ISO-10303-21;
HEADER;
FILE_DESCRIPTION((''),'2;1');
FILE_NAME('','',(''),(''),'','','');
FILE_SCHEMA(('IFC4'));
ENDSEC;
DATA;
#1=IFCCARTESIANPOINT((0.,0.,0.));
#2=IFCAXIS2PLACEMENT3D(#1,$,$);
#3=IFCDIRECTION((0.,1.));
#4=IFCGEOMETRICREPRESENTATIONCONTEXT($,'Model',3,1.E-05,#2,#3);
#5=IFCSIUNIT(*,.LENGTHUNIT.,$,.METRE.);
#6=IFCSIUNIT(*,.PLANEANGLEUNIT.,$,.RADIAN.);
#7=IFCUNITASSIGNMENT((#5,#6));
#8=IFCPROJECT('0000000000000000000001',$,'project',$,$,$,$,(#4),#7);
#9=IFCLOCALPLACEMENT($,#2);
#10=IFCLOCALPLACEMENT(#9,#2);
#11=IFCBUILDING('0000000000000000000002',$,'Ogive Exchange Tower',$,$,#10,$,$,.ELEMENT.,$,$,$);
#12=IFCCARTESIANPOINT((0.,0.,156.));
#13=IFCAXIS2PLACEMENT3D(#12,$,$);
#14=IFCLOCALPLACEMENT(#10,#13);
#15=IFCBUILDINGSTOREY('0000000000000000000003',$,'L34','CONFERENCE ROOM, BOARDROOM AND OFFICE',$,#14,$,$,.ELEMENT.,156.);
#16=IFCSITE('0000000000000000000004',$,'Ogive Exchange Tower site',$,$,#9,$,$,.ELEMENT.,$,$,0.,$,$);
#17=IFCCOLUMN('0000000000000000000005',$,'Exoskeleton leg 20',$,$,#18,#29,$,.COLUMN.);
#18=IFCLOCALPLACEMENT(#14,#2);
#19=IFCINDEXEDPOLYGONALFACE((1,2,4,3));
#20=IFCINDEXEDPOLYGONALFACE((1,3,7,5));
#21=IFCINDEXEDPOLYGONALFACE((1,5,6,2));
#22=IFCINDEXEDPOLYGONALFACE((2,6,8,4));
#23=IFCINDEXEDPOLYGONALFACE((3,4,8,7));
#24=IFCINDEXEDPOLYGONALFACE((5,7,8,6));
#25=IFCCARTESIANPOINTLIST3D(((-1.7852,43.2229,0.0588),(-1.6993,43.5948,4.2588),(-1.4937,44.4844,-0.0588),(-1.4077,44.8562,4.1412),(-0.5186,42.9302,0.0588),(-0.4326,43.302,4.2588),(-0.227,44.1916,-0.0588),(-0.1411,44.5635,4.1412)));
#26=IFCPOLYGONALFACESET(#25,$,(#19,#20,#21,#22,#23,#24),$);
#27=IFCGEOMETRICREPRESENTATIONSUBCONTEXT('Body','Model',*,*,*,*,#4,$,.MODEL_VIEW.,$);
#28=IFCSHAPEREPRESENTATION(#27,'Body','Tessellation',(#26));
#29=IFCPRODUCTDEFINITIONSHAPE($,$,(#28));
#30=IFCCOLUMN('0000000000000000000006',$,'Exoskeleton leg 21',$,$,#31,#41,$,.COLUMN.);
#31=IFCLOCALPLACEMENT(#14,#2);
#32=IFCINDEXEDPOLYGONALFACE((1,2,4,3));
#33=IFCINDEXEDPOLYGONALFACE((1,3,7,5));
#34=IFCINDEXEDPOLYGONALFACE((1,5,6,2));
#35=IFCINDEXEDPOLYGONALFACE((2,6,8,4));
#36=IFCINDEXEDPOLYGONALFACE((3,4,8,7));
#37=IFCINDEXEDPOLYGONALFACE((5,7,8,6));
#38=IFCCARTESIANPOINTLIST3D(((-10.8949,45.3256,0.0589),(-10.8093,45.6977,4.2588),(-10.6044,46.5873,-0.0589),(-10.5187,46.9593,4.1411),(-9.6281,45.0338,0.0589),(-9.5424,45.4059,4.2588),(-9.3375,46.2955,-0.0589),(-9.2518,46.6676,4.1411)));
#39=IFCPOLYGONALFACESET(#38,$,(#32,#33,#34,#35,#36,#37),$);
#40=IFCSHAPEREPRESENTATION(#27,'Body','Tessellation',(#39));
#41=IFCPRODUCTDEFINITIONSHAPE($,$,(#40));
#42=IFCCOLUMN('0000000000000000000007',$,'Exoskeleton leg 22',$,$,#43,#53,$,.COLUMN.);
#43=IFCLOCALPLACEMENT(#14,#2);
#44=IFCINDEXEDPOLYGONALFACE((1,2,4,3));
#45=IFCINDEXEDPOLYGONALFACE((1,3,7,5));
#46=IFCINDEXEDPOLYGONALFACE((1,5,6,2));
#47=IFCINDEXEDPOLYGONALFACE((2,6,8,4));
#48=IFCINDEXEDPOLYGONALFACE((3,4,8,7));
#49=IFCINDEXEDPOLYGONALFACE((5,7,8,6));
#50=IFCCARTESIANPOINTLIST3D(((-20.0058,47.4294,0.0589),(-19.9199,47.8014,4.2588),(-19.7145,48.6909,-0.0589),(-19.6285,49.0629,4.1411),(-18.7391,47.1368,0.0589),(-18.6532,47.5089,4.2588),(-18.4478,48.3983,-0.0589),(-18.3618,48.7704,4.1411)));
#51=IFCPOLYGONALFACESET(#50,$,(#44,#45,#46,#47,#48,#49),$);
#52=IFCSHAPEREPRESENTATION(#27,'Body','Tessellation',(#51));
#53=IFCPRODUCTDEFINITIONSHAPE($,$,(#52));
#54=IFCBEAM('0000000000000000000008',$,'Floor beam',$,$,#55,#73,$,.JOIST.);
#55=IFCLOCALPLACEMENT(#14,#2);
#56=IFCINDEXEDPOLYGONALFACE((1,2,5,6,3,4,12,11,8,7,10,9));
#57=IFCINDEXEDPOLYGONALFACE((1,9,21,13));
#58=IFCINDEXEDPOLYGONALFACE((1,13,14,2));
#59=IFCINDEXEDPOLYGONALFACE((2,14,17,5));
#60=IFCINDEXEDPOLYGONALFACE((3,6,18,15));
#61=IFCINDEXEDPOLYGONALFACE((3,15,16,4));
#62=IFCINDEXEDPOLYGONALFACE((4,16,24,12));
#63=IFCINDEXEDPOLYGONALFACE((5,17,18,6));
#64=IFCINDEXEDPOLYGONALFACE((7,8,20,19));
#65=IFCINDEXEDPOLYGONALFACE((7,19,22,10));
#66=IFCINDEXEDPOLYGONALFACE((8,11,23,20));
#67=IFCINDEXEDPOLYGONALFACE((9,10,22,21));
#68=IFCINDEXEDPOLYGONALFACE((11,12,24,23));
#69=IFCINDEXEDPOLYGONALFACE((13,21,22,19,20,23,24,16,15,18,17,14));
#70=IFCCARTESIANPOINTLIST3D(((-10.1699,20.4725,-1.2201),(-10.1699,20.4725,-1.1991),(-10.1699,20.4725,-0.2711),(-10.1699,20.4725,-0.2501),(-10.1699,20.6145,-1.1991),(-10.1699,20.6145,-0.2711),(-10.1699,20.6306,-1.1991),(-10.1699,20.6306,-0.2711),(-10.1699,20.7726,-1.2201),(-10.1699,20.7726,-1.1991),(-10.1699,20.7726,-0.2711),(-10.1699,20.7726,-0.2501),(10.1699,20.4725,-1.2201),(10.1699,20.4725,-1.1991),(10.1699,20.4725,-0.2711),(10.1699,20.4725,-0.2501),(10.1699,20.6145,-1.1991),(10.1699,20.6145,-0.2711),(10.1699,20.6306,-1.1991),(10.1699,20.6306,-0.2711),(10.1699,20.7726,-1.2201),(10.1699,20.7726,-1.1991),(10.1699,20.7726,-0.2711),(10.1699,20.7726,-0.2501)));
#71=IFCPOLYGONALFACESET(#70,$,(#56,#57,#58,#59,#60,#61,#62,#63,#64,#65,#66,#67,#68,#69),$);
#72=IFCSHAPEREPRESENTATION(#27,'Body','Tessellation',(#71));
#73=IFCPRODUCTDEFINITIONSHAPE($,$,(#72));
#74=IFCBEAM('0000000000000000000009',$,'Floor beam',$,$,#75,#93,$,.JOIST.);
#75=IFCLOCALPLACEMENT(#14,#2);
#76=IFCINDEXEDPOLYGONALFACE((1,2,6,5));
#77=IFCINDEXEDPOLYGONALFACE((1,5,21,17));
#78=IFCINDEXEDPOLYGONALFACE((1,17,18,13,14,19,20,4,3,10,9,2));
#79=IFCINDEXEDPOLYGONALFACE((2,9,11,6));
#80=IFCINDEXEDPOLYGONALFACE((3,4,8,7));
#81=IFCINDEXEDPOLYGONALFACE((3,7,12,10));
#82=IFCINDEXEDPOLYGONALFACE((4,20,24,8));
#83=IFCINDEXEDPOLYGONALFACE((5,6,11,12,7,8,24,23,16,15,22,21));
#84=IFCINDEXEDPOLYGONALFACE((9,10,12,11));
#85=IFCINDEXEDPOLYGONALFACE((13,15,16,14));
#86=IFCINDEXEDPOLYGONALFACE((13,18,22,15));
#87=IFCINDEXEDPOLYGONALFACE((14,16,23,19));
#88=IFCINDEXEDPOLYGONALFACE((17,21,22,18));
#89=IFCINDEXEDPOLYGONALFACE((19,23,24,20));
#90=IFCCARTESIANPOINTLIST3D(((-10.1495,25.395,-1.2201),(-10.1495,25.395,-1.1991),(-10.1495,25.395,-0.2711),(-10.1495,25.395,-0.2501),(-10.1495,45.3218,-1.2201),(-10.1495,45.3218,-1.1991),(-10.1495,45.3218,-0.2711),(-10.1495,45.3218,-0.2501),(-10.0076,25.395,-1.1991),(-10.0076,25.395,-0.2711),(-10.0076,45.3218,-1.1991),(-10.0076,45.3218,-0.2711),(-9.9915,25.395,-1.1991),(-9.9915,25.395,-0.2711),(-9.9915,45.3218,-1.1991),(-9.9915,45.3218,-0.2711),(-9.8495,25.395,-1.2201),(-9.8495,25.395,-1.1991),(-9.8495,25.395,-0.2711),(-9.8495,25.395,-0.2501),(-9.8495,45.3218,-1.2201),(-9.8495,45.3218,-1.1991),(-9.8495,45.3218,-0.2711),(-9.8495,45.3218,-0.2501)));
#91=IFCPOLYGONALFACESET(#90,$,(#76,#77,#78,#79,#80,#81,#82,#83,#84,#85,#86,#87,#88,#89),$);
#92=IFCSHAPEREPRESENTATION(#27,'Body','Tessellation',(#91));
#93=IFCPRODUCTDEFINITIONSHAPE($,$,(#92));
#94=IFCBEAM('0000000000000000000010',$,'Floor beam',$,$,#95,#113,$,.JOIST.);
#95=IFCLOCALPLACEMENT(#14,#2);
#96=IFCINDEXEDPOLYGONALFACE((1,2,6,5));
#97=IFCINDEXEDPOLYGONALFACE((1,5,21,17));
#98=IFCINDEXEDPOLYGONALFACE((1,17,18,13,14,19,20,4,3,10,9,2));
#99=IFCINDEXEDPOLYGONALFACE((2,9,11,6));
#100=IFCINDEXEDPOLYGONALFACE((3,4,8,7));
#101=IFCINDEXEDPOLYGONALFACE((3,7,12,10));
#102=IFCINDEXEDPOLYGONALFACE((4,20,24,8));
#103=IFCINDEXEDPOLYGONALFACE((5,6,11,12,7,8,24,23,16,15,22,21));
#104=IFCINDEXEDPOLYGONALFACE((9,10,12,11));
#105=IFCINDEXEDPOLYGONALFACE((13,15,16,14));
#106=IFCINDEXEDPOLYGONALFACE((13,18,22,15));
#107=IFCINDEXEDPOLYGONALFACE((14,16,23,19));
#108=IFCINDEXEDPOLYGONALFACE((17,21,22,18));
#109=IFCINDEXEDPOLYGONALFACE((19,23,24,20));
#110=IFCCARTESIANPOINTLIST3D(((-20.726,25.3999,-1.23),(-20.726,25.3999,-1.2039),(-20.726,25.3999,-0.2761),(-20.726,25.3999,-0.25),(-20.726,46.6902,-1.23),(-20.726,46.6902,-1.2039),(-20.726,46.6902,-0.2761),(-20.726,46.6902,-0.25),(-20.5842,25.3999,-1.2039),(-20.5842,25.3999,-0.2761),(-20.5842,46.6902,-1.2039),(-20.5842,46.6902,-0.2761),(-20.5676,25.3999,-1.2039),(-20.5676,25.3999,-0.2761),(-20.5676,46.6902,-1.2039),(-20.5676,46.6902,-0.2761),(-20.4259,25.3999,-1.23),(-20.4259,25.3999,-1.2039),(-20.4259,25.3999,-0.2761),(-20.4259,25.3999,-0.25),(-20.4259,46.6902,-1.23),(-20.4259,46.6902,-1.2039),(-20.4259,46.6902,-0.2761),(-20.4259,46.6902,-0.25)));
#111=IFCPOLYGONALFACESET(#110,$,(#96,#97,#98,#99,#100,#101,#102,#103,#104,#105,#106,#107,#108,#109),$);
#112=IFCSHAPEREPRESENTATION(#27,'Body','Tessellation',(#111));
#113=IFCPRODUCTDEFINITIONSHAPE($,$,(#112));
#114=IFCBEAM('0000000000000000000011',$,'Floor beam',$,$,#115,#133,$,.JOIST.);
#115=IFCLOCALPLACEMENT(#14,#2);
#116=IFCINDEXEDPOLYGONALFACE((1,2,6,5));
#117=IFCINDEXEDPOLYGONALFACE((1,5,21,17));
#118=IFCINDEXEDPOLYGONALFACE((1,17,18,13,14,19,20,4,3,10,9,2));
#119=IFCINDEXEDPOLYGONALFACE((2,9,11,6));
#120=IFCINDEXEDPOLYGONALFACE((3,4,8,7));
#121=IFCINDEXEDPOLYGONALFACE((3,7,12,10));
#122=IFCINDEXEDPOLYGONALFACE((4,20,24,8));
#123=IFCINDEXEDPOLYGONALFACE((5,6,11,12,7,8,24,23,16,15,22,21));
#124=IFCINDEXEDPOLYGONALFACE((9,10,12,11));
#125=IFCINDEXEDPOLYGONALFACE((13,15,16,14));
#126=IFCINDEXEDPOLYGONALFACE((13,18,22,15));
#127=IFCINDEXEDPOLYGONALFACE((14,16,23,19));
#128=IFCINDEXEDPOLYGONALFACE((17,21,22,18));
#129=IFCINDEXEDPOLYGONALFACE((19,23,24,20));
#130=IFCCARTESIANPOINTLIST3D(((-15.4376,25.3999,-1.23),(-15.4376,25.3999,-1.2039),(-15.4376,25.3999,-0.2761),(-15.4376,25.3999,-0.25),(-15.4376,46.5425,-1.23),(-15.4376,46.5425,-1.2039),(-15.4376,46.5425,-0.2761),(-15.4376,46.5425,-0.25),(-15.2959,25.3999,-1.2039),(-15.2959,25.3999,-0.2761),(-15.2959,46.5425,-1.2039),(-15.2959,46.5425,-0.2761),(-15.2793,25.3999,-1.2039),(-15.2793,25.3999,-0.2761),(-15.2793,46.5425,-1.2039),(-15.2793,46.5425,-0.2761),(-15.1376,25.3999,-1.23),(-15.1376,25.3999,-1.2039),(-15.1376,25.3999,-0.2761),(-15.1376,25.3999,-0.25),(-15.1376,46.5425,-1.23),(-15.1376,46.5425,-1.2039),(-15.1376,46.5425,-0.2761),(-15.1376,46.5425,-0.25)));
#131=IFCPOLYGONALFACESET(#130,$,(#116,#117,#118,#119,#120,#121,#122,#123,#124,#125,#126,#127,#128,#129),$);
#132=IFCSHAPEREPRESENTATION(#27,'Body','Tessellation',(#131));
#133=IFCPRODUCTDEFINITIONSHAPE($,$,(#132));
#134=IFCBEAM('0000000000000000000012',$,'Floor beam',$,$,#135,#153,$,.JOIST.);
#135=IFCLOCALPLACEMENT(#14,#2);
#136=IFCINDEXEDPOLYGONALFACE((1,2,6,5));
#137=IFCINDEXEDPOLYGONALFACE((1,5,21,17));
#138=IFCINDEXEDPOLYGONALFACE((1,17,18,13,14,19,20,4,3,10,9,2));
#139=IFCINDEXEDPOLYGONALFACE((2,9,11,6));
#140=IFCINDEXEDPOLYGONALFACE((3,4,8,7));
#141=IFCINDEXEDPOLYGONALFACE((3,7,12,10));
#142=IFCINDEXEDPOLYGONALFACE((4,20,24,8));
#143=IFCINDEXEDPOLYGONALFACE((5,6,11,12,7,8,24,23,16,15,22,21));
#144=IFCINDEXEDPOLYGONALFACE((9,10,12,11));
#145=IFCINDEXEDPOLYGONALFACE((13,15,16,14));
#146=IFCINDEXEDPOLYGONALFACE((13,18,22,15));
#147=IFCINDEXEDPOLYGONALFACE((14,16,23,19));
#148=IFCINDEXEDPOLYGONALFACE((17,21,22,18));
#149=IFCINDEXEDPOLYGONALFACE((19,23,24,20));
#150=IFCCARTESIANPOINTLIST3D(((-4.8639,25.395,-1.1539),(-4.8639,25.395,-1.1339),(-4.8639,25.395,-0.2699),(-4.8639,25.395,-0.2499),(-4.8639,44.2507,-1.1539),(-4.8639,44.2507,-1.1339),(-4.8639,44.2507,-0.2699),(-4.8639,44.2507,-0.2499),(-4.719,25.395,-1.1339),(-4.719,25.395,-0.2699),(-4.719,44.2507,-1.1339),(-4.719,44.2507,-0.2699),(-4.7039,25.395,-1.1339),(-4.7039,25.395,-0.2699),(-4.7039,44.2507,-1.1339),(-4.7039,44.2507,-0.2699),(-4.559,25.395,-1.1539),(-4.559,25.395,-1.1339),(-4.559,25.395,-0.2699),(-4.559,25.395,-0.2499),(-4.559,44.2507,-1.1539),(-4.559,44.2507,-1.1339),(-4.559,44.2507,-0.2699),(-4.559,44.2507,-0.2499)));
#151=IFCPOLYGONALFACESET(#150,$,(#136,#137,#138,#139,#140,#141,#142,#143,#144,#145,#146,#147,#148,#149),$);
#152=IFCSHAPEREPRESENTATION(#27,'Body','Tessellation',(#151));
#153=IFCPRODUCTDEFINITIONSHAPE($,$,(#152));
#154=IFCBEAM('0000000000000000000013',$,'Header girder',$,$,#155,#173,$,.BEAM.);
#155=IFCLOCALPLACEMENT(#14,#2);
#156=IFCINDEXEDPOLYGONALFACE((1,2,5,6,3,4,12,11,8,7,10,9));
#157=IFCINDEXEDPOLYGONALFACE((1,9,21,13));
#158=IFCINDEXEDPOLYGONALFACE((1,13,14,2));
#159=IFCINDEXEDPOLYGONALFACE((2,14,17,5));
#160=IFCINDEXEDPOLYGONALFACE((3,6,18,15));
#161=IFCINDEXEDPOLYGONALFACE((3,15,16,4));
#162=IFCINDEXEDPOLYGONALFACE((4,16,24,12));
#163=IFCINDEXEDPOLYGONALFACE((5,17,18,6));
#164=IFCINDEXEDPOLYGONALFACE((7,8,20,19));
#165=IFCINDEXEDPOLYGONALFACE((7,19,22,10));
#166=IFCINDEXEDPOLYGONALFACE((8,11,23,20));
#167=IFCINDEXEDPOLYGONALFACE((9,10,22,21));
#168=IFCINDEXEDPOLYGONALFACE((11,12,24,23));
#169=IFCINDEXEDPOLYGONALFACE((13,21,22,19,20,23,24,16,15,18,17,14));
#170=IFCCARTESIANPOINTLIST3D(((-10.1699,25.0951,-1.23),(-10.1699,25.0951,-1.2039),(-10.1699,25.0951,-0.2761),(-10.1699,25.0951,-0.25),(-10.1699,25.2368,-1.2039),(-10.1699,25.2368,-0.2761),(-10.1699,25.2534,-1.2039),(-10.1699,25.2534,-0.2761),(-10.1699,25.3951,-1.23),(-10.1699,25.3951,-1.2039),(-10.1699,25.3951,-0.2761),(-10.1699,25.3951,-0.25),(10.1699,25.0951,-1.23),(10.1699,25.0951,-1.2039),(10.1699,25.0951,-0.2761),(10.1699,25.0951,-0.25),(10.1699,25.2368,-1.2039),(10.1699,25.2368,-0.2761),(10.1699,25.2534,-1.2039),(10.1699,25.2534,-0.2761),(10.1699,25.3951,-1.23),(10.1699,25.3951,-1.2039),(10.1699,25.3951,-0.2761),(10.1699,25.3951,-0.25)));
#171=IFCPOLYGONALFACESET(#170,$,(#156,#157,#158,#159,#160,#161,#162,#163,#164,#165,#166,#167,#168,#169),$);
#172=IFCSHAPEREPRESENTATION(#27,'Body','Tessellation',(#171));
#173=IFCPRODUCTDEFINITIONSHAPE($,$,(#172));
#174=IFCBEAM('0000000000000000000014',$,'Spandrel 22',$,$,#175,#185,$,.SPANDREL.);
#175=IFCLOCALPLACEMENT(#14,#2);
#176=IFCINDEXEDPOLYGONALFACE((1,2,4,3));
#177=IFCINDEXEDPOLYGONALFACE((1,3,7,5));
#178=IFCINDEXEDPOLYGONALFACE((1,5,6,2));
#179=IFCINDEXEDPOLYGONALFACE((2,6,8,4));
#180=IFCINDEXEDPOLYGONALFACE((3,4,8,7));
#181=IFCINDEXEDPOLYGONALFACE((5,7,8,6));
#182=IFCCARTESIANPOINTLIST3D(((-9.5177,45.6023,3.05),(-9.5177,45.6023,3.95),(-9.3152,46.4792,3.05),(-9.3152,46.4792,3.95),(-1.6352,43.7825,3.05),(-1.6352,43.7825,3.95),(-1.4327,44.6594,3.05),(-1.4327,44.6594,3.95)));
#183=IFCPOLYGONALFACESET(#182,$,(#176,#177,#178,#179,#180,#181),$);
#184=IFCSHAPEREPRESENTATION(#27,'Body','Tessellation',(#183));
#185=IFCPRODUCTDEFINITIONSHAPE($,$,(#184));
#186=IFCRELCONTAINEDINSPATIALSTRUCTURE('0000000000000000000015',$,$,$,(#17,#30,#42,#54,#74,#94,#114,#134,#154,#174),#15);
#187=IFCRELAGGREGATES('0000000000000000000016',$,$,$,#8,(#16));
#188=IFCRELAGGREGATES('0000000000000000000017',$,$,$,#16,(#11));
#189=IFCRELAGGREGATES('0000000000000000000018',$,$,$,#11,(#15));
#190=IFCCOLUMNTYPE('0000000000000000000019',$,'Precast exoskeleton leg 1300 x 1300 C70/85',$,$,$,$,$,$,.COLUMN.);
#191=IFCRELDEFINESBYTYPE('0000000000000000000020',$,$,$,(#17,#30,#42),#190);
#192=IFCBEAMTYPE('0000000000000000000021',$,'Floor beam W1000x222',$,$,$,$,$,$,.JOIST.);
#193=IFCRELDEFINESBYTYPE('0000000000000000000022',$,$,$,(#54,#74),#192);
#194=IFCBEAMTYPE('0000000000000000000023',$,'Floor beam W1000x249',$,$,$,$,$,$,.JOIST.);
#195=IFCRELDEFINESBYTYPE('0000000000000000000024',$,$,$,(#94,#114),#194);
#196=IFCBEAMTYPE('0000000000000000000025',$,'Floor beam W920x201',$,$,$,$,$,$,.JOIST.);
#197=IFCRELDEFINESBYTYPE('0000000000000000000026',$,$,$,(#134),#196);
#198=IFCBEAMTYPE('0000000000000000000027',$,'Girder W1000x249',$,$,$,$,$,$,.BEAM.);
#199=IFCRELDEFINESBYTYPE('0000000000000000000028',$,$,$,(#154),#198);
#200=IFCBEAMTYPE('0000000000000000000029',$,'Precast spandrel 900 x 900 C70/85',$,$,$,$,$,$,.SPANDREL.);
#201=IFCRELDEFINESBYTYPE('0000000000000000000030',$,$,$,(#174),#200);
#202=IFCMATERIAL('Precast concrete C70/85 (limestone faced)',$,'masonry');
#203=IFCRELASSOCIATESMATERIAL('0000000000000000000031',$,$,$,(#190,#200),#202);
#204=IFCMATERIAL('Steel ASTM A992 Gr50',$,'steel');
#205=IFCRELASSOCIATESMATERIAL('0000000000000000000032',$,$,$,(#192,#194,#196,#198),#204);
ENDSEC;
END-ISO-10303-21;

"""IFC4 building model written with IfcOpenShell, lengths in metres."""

from ifc_helpers import new_model, si_unit, direction, frame, origin, origin_2d, place, context, subcontext, project, spatial, rectangle, i_section, extrude, material, material_profile, profile_set, type_object, element, save


model = new_model("IFC4")

# Units and contexts
model_context = context("Model", 3, precision=1e-05, world=origin(), true_north=direction((0.0, 1.0)))
body_context = subcontext(model_context, "Body", "Model", "MODEL_VIEW")
ifc_project = project(units=[si_unit("LENGTHUNIT", "METRE"), si_unit("PLANEANGLEUNIT", "RADIAN")], contexts=[model_context])

# Site, building, storey
site_placement = place(None, origin())
site = spatial("IfcSite", under=ifc_project, at=site_placement, Name="Ogive Exchange Tower site", CompositionType="ELEMENT", RefElevation=0.0)
building_placement = place(site_placement, origin())
building = spatial("IfcBuilding", under=site, at=building_placement, Name="Ogive Exchange Tower", CompositionType="ELEMENT")
storey_placement = place(building_placement, frame((0.0, 0.0, 156.0)))
storey = spatial("IfcBuildingStorey", under=building, at=storey_placement, Name="L34", Description="CONFERENCE ROOM, BOARDROOM AND OFFICE", CompositionType="ELEMENT", Elevation=156.0)

# Columns
ifc_material_1 = material(Name="Precast concrete C70/85 (limestone faced)", Category="masonry")
ifc_material_profile_1 = material_profile(ifc_material_1, rectangle(XDim=1.3, YDim=1.3, at=origin_2d()), Name="1300 x 1300")
ifc_profile_set_1 = profile_set([ifc_material_profile_1], Name="Precast concrete C70/85 (limestone faced)")
column_type = type_object("IfcColumnType", Name="Precast exoskeleton leg 1300 x 1300 C70/85", PredefinedType="COLUMN", material=ifc_profile_set_1)
for number, where, z_axis, x_axis, name in (
    (1, (-1.0061, 43.7073, 0.0), (0.020378, 0.088168, 0.995897), (-0.974316, 0.225187, 0.0), "Exoskeleton leg 20"),
    (2, (-10.1162, 45.8105, 0.0), (0.02032, 0.088225, 0.995893), (-0.974488, 0.224439, 0.0), "Exoskeleton leg 21"),
    (3, (-19.2268, 47.9138, 0.0), (0.020377, 0.088225, 0.995892), (-0.974348, 0.225046, 0.0), "Exoskeleton leg 22"),
):
    element("IfcColumn", number, at=place(storey_placement, frame(where, z_axis=z_axis, x_axis=x_axis)), inside=storey, type_object=column_type, Name=name, PredefinedType="COLUMN", context=body_context, shape_type="SweptSolid", body=[
        extrude(rectangle(XDim=1.3, YDim=1.3, at=origin_2d()), origin(), (0.0, 0.0, 1.0), 4.2173),
    ])

# Beams
ifc_material_2 = material(Name="Steel ASTM A992 Gr50", Category="steel")
ifc_material_profile_2 = material_profile(ifc_material_2, i_section(OverallWidth=0.3, OverallDepth=0.97, WebThickness=0.0161, FlangeThickness=0.021, at=origin_2d()), Name="W1000x222")
ifc_profile_set_2 = profile_set([ifc_material_profile_2], Name="Steel ASTM A992 Gr50")
beam_type_1 = type_object("IfcBeamType", Name="Floor beam W1000x222", PredefinedType="JOIST", material=ifc_profile_set_2)
beam_1_placement = place(storey_placement, frame((-10.1699, 20.6226, -0.7351), z_axis=(1.0, 0.0, 0.0), x_axis=(0.0, 1.0, 0.0)))
element("IfcBeam", 4, at=beam_1_placement, inside=storey, type_object=beam_type_1, Name="Floor beam", PredefinedType="JOIST", context=body_context, shape_type="SweptSolid", body=[
    extrude(i_section(OverallWidth=0.3, OverallDepth=0.97, WebThickness=0.0161, FlangeThickness=0.021, at=origin_2d()), origin(), (0.0, 0.0, 1.0), 20.3398),
])
beam_2_placement = place(storey_placement, frame((-9.9995, 25.395, -0.7351), z_axis=(0.0, 1.0, 0.0), x_axis=(-1.0, 0.0, 0.0)))
element("IfcBeam", 5, at=beam_2_placement, inside=storey, type_object=beam_type_1, Name="Floor beam", PredefinedType="JOIST", context=body_context, shape_type="SweptSolid", body=[
    extrude(i_section(OverallWidth=0.3, OverallDepth=0.97, WebThickness=0.0161, FlangeThickness=0.021, at=origin_2d()), origin(), (0.0, 0.0, 1.0), 19.9268),
])
ifc_material_profile_3 = material_profile(ifc_material_2, i_section(OverallWidth=0.3, OverallDepth=0.98, WebThickness=0.0166, FlangeThickness=0.0261, at=origin_2d()), Name="W1000x249")
ifc_profile_set_3 = profile_set([ifc_material_profile_3], Name="Steel ASTM A992 Gr50")
beam_type_2 = type_object("IfcBeamType", Name="Floor beam W1000x249", PredefinedType="JOIST", material=ifc_profile_set_3)
beam_3_placement = place(storey_placement, frame((-20.5759, 25.3999, -0.74), z_axis=(0.0, 1.0, 0.0), x_axis=(-1.0, 0.0, 0.0)))
element("IfcBeam", 6, at=beam_3_placement, inside=storey, type_object=beam_type_2, Name="Floor beam", PredefinedType="JOIST", context=body_context, shape_type="SweptSolid", body=[
    extrude(i_section(OverallWidth=0.3, OverallDepth=0.98, WebThickness=0.0166, FlangeThickness=0.0261, at=origin_2d()), origin(), (0.0, 0.0, 1.0), 21.2903),
])
beam_4_placement = place(storey_placement, frame((-15.2876, 25.3999, -0.74), z_axis=(0.0, 1.0, 0.0), x_axis=(-1.0, 0.0, 0.0)))
element("IfcBeam", 7, at=beam_4_placement, inside=storey, type_object=beam_type_2, Name="Floor beam", PredefinedType="JOIST", context=body_context, shape_type="SweptSolid", body=[
    extrude(i_section(OverallWidth=0.3, OverallDepth=0.98, WebThickness=0.0166, FlangeThickness=0.0261, at=origin_2d()), origin(), (0.0, 0.0, 1.0), 21.1426),
])
ifc_material_profile_4 = material_profile(ifc_material_2, i_section(OverallWidth=0.3049, OverallDepth=0.9041, WebThickness=0.0151, FlangeThickness=0.02, at=origin_2d()), Name="W920x201")
ifc_profile_set_4 = profile_set([ifc_material_profile_4], Name="Steel ASTM A992 Gr50")
beam_type_3 = type_object("IfcBeamType", Name="Floor beam W920x201", PredefinedType="JOIST", material=ifc_profile_set_4)
beam_5_placement = place(storey_placement, frame((-4.7114, 25.395, -0.7019), z_axis=(0.0, 1.0, 0.0), x_axis=(-1.0, 0.0, 0.0)))
element("IfcBeam", 8, at=beam_5_placement, inside=storey, type_object=beam_type_3, Name="Floor beam", PredefinedType="JOIST", context=body_context, shape_type="SweptSolid", body=[
    extrude(i_section(OverallWidth=0.3049, OverallDepth=0.9041, WebThickness=0.0151, FlangeThickness=0.02, at=origin_2d()), origin(), (0.0, 0.0, 1.0), 18.8557),
])
ifc_material_profile_5 = material_profile(ifc_material_2, i_section(OverallWidth=0.3, OverallDepth=0.98, WebThickness=0.0166, FlangeThickness=0.0261, at=origin_2d()), Name="W1000x249")
ifc_profile_set_5 = profile_set([ifc_material_profile_5], Name="Steel ASTM A992 Gr50")
beam_type_4 = type_object("IfcBeamType", Name="Girder W1000x249", PredefinedType="BEAM", material=ifc_profile_set_5)
beam_6_placement = place(storey_placement, frame((-10.1699, 25.2451, -0.74), z_axis=(1.0, 0.0, 0.0), x_axis=(0.0, 1.0, 0.0)))
element("IfcBeam", 9, at=beam_6_placement, inside=storey, type_object=beam_type_4, Name="Header girder", PredefinedType="BEAM", context=body_context, shape_type="SweptSolid", body=[
    extrude(i_section(OverallWidth=0.3, OverallDepth=0.98, WebThickness=0.0166, FlangeThickness=0.0261, at=origin_2d()), origin(), (0.0, 0.0, 1.0), 20.3398),
])
ifc_material_profile_6 = material_profile(ifc_material_1, rectangle(XDim=0.8999, YDim=0.8999, at=origin_2d()), Name="900 x 900")
ifc_profile_set_6 = profile_set([ifc_material_profile_6], Name="Precast concrete C70/85 (limestone faced)")
beam_type_5 = type_object("IfcBeamType", Name="Precast spandrel 900 x 900 C70/85", PredefinedType="SPANDREL", material=ifc_profile_set_6)
beam_7_placement = place(storey_placement, frame((-1.5339, 44.2209, 3.5), z_axis=(-0.97437, 0.22495, 0.0), x_axis=(-0.22495, -0.97437, 0.0)))
element("IfcBeam", 10, at=beam_7_placement, inside=storey, type_object=beam_type_5, Name="Spandrel 22", PredefinedType="SPANDREL", context=body_context, shape_type="SweptSolid", body=[
    extrude(rectangle(XDim=0.8999, YDim=0.8999, at=origin_2d()), origin(), (0.0, 0.0, 1.0), 8.0898),
])

save(model, "model.ifc")
